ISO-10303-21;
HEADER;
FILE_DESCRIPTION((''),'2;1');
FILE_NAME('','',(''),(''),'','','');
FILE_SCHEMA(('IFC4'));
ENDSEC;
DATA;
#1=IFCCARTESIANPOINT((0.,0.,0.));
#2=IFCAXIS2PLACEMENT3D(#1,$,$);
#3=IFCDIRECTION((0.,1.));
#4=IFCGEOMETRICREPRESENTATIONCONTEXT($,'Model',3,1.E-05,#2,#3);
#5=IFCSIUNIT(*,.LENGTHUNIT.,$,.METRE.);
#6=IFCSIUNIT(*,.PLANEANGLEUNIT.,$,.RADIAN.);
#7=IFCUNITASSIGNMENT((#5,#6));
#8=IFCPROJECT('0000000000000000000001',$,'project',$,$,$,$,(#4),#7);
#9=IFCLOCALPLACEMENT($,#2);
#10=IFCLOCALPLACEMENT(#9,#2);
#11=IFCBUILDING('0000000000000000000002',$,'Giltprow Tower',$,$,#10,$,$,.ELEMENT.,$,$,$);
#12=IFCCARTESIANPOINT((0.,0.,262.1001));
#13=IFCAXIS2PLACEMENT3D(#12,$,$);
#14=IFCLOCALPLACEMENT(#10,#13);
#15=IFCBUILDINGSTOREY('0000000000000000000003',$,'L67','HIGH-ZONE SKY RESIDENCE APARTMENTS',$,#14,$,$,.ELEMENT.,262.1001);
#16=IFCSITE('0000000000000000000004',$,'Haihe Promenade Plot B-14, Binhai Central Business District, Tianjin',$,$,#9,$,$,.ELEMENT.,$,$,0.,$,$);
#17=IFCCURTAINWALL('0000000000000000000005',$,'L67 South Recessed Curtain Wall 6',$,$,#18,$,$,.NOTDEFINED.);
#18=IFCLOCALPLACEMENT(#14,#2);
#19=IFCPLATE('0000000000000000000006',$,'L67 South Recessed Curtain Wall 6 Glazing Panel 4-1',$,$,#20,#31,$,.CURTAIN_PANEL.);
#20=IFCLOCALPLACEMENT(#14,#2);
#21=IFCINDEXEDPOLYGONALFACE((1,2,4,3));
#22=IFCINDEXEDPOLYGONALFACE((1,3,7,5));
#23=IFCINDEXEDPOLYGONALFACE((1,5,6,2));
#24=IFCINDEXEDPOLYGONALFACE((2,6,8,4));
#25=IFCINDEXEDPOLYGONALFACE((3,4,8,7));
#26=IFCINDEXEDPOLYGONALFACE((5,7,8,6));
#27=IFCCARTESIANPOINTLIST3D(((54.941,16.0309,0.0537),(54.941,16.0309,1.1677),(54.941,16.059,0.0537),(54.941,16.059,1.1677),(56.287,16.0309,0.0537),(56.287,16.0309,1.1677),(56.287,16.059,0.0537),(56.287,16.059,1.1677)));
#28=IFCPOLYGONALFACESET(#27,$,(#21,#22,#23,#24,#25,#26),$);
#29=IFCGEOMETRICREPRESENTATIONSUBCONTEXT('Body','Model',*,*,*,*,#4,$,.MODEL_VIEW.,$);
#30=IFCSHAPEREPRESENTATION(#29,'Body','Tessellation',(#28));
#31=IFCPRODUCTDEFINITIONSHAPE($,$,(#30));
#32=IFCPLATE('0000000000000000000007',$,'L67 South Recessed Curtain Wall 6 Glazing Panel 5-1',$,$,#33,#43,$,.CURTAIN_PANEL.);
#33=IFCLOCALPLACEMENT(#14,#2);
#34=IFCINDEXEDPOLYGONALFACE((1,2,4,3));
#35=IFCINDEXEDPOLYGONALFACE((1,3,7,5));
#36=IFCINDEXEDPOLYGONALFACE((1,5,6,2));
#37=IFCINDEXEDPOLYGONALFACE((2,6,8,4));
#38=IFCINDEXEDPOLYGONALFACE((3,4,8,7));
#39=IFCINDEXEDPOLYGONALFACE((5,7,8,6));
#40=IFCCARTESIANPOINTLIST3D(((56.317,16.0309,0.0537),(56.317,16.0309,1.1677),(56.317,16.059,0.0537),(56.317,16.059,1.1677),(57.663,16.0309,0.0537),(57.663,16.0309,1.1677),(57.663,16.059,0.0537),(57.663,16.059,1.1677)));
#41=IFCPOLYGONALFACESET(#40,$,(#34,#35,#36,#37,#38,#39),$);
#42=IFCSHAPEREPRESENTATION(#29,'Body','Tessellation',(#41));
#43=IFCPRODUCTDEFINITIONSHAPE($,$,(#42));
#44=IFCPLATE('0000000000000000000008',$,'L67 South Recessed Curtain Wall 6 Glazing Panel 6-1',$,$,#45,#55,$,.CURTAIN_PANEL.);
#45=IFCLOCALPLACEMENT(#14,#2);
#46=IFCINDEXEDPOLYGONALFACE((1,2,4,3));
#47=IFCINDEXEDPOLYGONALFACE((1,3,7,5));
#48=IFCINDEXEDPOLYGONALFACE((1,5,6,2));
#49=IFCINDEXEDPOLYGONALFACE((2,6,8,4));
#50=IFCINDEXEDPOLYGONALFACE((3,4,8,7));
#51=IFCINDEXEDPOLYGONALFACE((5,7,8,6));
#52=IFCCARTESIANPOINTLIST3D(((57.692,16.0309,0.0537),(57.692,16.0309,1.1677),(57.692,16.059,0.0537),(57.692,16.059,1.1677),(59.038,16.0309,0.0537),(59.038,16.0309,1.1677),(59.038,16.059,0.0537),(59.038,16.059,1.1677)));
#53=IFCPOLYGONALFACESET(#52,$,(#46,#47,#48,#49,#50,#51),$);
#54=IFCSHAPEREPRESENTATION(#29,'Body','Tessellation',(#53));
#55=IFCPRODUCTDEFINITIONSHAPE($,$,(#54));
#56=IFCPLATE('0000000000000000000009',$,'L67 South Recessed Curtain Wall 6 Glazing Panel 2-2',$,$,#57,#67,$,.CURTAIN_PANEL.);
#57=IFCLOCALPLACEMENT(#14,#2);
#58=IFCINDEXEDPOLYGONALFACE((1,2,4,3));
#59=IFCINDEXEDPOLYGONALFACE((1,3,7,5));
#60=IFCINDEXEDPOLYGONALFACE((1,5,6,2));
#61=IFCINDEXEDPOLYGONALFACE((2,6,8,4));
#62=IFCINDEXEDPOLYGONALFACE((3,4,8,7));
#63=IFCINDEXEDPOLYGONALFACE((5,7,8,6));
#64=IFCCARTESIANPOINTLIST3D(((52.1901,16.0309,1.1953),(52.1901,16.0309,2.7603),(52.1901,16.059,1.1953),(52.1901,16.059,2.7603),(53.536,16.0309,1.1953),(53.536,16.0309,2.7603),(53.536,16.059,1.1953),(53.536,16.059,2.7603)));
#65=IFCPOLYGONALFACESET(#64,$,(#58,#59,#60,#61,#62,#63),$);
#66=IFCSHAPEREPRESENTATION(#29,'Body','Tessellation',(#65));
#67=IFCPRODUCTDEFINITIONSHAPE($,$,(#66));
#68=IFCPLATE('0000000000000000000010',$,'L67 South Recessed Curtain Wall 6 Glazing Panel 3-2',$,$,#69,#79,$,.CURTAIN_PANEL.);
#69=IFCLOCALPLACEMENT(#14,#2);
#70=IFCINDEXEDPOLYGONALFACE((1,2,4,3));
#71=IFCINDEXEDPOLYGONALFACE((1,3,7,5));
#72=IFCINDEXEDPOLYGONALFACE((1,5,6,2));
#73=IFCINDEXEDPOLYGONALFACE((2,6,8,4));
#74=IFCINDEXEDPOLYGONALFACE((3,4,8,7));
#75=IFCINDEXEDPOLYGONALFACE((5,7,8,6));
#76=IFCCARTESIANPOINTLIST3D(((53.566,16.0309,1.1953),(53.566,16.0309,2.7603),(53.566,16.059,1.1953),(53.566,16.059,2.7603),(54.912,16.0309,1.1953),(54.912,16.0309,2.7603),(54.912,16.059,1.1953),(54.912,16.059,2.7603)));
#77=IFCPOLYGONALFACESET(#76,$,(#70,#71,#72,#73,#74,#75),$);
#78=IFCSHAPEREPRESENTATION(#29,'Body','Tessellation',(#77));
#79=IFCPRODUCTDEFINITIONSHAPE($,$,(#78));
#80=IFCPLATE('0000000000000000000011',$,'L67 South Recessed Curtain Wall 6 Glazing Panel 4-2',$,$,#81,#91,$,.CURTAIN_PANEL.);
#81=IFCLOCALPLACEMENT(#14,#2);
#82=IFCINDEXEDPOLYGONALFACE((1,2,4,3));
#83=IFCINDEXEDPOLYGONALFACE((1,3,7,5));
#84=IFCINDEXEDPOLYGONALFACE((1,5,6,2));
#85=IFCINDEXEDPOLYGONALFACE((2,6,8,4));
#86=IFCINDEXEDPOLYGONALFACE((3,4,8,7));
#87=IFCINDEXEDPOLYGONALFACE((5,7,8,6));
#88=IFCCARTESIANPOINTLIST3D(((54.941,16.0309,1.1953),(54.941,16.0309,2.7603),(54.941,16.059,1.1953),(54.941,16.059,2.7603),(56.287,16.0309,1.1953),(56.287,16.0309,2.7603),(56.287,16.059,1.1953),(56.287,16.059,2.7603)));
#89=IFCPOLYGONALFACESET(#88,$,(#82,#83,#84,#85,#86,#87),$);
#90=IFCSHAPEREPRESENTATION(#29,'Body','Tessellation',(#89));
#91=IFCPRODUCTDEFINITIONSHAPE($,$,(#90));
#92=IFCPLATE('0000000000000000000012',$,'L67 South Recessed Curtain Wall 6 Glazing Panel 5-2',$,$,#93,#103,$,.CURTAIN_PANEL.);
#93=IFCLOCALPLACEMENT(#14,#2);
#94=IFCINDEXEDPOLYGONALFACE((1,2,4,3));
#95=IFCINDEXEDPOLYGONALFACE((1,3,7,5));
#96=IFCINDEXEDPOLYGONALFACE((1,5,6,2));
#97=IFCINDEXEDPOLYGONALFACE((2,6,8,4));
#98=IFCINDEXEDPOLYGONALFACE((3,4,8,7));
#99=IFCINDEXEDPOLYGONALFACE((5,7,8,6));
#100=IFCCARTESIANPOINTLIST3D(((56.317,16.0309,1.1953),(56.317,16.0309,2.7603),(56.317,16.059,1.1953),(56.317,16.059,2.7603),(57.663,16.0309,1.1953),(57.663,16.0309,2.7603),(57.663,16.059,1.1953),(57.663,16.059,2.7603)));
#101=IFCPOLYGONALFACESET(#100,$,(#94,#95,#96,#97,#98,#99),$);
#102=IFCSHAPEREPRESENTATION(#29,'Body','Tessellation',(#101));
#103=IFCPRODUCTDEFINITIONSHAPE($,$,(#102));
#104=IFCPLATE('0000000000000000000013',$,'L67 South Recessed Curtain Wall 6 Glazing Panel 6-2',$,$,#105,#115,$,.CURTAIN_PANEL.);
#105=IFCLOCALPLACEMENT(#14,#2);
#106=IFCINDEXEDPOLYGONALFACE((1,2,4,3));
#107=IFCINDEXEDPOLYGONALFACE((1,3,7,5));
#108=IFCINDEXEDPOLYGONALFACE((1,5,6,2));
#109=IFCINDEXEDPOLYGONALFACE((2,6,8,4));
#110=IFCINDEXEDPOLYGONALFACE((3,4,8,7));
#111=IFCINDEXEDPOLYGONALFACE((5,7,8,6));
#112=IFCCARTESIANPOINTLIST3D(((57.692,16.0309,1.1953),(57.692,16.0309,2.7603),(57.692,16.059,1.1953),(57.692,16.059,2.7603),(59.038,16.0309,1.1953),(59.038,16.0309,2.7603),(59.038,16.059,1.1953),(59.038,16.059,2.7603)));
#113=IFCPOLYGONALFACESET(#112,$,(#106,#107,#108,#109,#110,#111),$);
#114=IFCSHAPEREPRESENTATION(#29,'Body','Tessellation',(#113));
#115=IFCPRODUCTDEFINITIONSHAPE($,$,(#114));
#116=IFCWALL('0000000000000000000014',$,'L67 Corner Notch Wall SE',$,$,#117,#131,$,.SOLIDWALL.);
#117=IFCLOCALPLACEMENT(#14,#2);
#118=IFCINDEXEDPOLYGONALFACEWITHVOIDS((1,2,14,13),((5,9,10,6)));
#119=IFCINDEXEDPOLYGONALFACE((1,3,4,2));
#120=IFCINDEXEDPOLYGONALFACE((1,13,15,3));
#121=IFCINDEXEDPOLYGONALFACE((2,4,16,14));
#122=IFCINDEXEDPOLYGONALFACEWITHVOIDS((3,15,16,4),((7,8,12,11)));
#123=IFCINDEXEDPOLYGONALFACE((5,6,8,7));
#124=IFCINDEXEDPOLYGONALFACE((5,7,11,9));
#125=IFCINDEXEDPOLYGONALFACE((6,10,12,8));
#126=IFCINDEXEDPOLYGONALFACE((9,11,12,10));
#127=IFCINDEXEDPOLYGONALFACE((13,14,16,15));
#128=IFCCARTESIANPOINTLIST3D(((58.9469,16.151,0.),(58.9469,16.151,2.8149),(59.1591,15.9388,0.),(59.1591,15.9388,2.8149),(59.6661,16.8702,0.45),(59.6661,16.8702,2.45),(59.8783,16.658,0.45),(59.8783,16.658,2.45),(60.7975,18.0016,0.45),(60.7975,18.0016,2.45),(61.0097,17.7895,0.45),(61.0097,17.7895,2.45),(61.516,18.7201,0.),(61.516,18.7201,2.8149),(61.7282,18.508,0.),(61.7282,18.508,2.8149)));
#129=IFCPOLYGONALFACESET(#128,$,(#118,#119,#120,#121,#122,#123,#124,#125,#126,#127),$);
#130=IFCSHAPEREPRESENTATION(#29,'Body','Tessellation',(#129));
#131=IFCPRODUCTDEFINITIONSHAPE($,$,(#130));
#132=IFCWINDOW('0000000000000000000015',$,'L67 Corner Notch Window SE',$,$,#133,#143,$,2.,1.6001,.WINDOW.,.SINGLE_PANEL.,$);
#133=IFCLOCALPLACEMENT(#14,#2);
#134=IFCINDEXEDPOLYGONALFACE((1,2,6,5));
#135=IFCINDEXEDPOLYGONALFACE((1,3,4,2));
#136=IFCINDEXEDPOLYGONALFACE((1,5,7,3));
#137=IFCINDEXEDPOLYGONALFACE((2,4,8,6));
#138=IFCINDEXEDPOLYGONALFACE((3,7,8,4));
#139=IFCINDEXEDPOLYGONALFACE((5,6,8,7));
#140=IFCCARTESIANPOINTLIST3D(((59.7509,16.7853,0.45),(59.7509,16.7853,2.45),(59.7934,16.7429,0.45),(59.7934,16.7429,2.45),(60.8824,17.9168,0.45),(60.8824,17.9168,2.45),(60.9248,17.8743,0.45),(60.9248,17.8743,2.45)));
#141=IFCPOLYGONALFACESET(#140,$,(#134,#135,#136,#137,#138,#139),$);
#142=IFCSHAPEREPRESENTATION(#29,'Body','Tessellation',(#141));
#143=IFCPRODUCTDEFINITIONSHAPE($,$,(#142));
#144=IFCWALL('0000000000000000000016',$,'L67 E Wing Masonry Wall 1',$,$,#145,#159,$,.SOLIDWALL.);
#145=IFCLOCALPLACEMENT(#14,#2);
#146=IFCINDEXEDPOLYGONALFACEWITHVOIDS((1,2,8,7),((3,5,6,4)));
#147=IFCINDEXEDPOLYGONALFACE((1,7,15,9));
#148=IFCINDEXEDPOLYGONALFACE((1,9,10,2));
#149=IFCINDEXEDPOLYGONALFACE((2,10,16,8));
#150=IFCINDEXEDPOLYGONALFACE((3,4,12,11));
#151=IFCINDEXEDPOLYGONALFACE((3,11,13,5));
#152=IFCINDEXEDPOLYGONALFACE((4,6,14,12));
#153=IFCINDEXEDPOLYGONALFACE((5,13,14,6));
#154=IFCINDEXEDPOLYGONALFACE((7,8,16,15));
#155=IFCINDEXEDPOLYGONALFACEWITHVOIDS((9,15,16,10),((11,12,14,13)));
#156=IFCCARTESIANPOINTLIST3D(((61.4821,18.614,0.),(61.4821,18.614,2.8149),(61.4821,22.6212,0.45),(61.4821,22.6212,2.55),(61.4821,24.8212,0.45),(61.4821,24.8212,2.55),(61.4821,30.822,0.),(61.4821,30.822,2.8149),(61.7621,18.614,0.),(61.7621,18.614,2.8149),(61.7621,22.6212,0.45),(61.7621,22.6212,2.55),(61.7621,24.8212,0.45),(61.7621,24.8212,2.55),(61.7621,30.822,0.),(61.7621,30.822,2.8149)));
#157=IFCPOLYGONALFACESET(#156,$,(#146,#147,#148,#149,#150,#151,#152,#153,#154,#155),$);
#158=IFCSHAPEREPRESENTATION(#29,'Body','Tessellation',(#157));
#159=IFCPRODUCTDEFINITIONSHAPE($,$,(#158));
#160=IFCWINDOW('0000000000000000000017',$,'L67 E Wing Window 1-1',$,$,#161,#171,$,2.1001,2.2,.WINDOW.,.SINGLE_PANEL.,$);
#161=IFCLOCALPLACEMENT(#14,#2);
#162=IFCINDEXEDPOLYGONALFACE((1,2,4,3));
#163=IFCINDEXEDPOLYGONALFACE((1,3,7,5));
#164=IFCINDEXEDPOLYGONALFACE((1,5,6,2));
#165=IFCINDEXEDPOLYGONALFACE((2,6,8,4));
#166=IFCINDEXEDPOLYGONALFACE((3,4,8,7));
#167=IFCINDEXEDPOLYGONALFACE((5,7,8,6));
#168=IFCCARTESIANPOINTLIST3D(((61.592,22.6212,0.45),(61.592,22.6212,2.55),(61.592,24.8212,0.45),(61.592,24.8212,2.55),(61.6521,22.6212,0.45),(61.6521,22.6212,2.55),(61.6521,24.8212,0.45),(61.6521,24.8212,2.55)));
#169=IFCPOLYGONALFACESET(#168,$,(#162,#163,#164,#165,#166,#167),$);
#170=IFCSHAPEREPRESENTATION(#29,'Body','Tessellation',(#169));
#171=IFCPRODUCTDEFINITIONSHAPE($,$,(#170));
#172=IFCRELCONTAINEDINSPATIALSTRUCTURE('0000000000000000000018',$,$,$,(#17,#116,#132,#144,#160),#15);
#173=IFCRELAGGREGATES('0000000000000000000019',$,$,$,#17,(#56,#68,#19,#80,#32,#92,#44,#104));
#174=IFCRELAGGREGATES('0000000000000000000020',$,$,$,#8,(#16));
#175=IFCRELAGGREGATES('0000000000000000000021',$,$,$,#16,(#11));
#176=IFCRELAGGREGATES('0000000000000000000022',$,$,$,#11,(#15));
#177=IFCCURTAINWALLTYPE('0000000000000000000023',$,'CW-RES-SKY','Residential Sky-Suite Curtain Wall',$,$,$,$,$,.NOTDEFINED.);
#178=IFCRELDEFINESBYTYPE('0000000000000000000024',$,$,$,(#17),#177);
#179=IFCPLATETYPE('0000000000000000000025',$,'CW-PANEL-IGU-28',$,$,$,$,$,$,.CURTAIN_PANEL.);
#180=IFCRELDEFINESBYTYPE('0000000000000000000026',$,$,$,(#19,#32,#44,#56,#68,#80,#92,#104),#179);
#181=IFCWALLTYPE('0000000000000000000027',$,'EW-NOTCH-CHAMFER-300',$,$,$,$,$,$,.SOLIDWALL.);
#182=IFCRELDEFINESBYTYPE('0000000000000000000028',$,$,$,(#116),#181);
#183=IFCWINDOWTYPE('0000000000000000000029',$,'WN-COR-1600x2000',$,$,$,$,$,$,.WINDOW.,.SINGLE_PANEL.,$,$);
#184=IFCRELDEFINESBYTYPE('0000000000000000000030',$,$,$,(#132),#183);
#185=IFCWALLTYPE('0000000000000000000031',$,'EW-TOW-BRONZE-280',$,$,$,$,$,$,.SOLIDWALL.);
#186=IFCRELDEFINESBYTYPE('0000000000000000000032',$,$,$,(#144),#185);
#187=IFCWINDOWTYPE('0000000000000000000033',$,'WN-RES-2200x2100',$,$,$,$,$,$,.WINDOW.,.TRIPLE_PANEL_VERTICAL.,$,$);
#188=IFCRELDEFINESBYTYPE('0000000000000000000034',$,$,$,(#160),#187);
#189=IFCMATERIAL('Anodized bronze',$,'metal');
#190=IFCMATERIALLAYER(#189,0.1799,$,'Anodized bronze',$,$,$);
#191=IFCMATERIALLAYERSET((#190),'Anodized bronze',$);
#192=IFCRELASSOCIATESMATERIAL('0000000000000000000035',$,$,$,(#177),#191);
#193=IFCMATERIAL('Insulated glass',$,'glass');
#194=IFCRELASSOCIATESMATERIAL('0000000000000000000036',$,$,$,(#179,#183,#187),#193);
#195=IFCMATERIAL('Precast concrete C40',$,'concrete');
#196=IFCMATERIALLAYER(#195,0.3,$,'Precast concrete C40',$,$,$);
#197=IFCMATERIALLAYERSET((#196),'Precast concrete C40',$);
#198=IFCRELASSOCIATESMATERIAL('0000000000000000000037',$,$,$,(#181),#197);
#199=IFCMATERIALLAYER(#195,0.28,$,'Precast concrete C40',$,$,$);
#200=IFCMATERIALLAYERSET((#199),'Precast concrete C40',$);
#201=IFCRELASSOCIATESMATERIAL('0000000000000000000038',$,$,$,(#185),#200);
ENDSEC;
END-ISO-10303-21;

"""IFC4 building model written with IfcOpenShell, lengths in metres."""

from ifc_helpers import new_model, si_unit, direction, frame, frame_2d, origin, origin_2d, place, context, subcontext, project, spatial, rectangle, extrude, source, transform, mapped, material, layer, layer_set, type_object, element, fill, aggregate, save


model = new_model("IFC4")

# Units and contexts
model_context = context("Model", 3, precision=1e-05, world=origin(), true_north=direction((0.0, 1.0)))
body_context = subcontext(model_context, "Body", "Model", "MODEL_VIEW")
ifc_project = project(units=[si_unit("LENGTHUNIT", "METRE"), si_unit("PLANEANGLEUNIT", "RADIAN")], contexts=[model_context])

# Site, building, storey
site_placement = place(None, origin())
site = spatial("IfcSite", under=ifc_project, at=site_placement, Name="Haihe Promenade Plot B-14, Binhai Central Business District, Tianjin", CompositionType="ELEMENT", RefElevation=0.0)
building_placement = place(site_placement, origin())
building = spatial("IfcBuilding", under=site, at=building_placement, Name="Giltprow Tower", CompositionType="ELEMENT")
storey_placement = place(building_placement, frame((0.0, 0.0, 262.1001)))
storey = spatial("IfcBuildingStorey", under=building, at=storey_placement, Name="L67", Description="HIGH-ZONE SKY RESIDENCE APARTMENTS", CompositionType="ELEMENT", Elevation=262.1001)

# Curtain wall, plates
ifc_material_1 = material(Name="Anodized bronze", Category="metal")
ifc_layer_1 = layer(ifc_material_1, 0.1799, Name="Anodized bronze")
ifc_layer_set_1 = layer_set([ifc_layer_1], Name="Anodized bronze")
curtain_wall_type = type_object("IfcCurtainWallType", Name="CW-RES-SKY", Description="Residential Sky-Suite Curtain Wall", PredefinedType="NOTDEFINED", material=ifc_layer_set_1)
curtain_wall_placement = place(storey_placement, origin())
curtain_wall = element("IfcCurtainWall", 1, at=curtain_wall_placement, inside=storey, type_object=curtain_wall_type, Name="L67 South Recessed Curtain Wall 6", PredefinedType="NOTDEFINED")
ifc_material_2 = material(Name="Insulated glass", Category="glass")
plate_type = type_object("IfcPlateType", Name="CW-PANEL-IGU-28", PredefinedType="CURTAIN_PANEL", material=ifc_material_2)
shared_shape_1 = source(origin(), body_context, "Body", "SweptSolid", [
    extrude(rectangle(XDim=1.3459, YDim=0.0281, at=origin_2d()), origin(), (0.0, 0.0, 1.0), 1.114),
])
plate_1_placement = place(storey_placement, frame((55.614, 16.0449, 0.0537), z_axis=(0.0, 0.0, 1.0), x_axis=(1.0, 0.0, 0.0)))
plate_1 = element("IfcPlate", 2, at=plate_1_placement, type_object=plate_type, Name="L67 South Recessed Curtain Wall 6 Glazing Panel 4-1", PredefinedType="CURTAIN_PANEL", context=body_context, shape_type="MappedRepresentation", body=[
    mapped(shared_shape_1, transform((0.0, 0.0, 0.0), x_axis=(1.0, 0.0, 0.0), y_axis=(0.0, 1.0, 0.0), z_axis=(0.0, 0.0, 1.0), scale=1.0)),
])
plate_2_placement = place(storey_placement, frame((56.99, 16.0449, 0.0537), z_axis=(0.0, 0.0, 1.0), x_axis=(1.0, 0.0, 0.0)))
plate_2 = element("IfcPlate", 3, at=plate_2_placement, type_object=plate_type, Name="L67 South Recessed Curtain Wall 6 Glazing Panel 5-1", PredefinedType="CURTAIN_PANEL", context=body_context, shape_type="MappedRepresentation", body=[
    mapped(shared_shape_1, transform((0.0, 0.0, 0.0), x_axis=(1.0, 0.0, 0.0), y_axis=(0.0, 1.0, 0.0), z_axis=(0.0, 0.0, 1.0), scale=1.0)),
])
plate_3_placement = place(storey_placement, frame((58.365, 16.0449, 0.0537), z_axis=(0.0, 0.0, 1.0), x_axis=(1.0, 0.0, 0.0)))
plate_3 = element("IfcPlate", 4, at=plate_3_placement, type_object=plate_type, Name="L67 South Recessed Curtain Wall 6 Glazing Panel 6-1", PredefinedType="CURTAIN_PANEL", context=body_context, shape_type="MappedRepresentation", body=[
    mapped(shared_shape_1, transform((0.0, 0.0, 0.0), x_axis=(1.0, 0.0, 0.0), y_axis=(0.0, 1.0, 0.0), z_axis=(0.0, 0.0, 1.0), scale=1.0)),
])
shared_shape_2 = source(origin(), body_context, "Body", "SweptSolid", [
    extrude(rectangle(XDim=1.3459, YDim=0.0281, at=origin_2d()), origin(), (0.0, 0.0, 1.0), 1.5649),
])
plate_4_placement = place(storey_placement, frame((52.863, 16.0449, 1.1953), z_axis=(0.0, 0.0, 1.0), x_axis=(1.0, 0.0, 0.0)))
plate_4 = element("IfcPlate", 5, at=plate_4_placement, type_object=plate_type, Name="L67 South Recessed Curtain Wall 6 Glazing Panel 2-2", PredefinedType="CURTAIN_PANEL", context=body_context, shape_type="MappedRepresentation", body=[
    mapped(shared_shape_2, transform((0.0, 0.0, 0.0), x_axis=(1.0, 0.0, 0.0), y_axis=(0.0, 1.0, 0.0), z_axis=(0.0, 0.0, 1.0), scale=1.0)),
])
plate_5_placement = place(storey_placement, frame((54.239, 16.0449, 1.1953), z_axis=(0.0, 0.0, 1.0), x_axis=(1.0, 0.0, 0.0)))
plate_5 = element("IfcPlate", 6, at=plate_5_placement, type_object=plate_type, Name="L67 South Recessed Curtain Wall 6 Glazing Panel 3-2", PredefinedType="CURTAIN_PANEL", context=body_context, shape_type="MappedRepresentation", body=[
    mapped(shared_shape_2, transform((0.0, 0.0, 0.0), x_axis=(1.0, 0.0, 0.0), y_axis=(0.0, 1.0, 0.0), z_axis=(0.0, 0.0, 1.0), scale=1.0)),
])
plate_6_placement = place(storey_placement, frame((55.614, 16.0449, 1.1953), z_axis=(0.0, 0.0, 1.0), x_axis=(1.0, 0.0, 0.0)))
plate_6 = element("IfcPlate", 7, at=plate_6_placement, type_object=plate_type, Name="L67 South Recessed Curtain Wall 6 Glazing Panel 4-2", PredefinedType="CURTAIN_PANEL", context=body_context, shape_type="MappedRepresentation", body=[
    mapped(shared_shape_2, transform((0.0, 0.0, 0.0), x_axis=(1.0, 0.0, 0.0), y_axis=(0.0, 1.0, 0.0), z_axis=(0.0, 0.0, 1.0), scale=1.0)),
])
plate_7_placement = place(storey_placement, frame((56.99, 16.0449, 1.1953), z_axis=(0.0, 0.0, 1.0), x_axis=(1.0, 0.0, 0.0)))
plate_7 = element("IfcPlate", 8, at=plate_7_placement, type_object=plate_type, Name="L67 South Recessed Curtain Wall 6 Glazing Panel 5-2", PredefinedType="CURTAIN_PANEL", context=body_context, shape_type="MappedRepresentation", body=[
    mapped(shared_shape_2, transform((0.0, 0.0, 0.0), x_axis=(1.0, 0.0, 0.0), y_axis=(0.0, 1.0, 0.0), z_axis=(0.0, 0.0, 1.0), scale=1.0)),
])
plate_8_placement = place(storey_placement, frame((58.365, 16.0449, 1.1953), z_axis=(0.0, 0.0, 1.0), x_axis=(1.0, 0.0, 0.0)))
plate_8 = element("IfcPlate", 9, at=plate_8_placement, type_object=plate_type, Name="L67 South Recessed Curtain Wall 6 Glazing Panel 6-2", PredefinedType="CURTAIN_PANEL", context=body_context, shape_type="MappedRepresentation", body=[
    mapped(shared_shape_2, transform((0.0, 0.0, 0.0), x_axis=(1.0, 0.0, 0.0), y_axis=(0.0, 1.0, 0.0), z_axis=(0.0, 0.0, 1.0), scale=1.0)),
])
aggregate(curtain_wall, [plate_4, plate_5, plate_1, plate_6, plate_2, plate_7, plate_3, plate_8])

# Walls, openings, windows
ifc_material_3 = material(Name="Precast concrete C40", Category="concrete")
ifc_layer_2 = layer(ifc_material_3, 0.3, Name="Precast concrete C40")
ifc_layer_set_2 = layer_set([ifc_layer_2], Name="Precast concrete C40")
wall_type_1 = type_object("IfcWallType", Name="EW-NOTCH-CHAMFER-300", PredefinedType="SOLIDWALL", material=ifc_layer_set_2)
wall_1_placement = place(storey_placement, frame((59.053, 16.0449, 0.0), z_axis=(0.0, 0.0, 1.0), x_axis=(0.707107, 0.707107, 0.0)))
wall_1 = element("IfcWall", 10, at=wall_1_placement, inside=storey, type_object=wall_type_1, Name="L67 Corner Notch Wall SE", PredefinedType="SOLIDWALL", context=body_context, shape_type="SweptSolid", body=[
    extrude(rectangle(XDim=3.6333, YDim=0.3, at=frame_2d((1.8167, 0.0))), origin(), (0.0, 0.0, 1.0), 2.8149),
])
opening_1_placement = place(wall_1_placement, frame((1.0171, 0.0, 0.45)))
opening_1 = element("IfcOpeningElement", 11, at=opening_1_placement, cuts=wall_1, PredefinedType="OPENING", context=body_context, shape_type="SweptSolid", body=[
    extrude(rectangle(XDim=1.6001, YDim=2.0, at=frame_2d((0.8, 1.0))), frame((0.0, 0.1599, 0.0), z_axis=(0.0, -1.0, 0.0), x_axis=(1.0, 0.0, 0.0)), (0.0, 0.0, 1.0), 0.3201),
])
window_type_1 = type_object("IfcWindowType", Name="WN-COR-1600x2000", PartitioningType="SINGLE_PANEL", PredefinedType="WINDOW", material=ifc_material_2)
shared_shape_3 = source(origin(), body_context, "Body", "SweptSolid", [
    extrude(rectangle(XDim=1.6001, YDim=2.0, at=frame_2d((0.8, 1.0))), frame((0.0, 0.03, 0.0), z_axis=(0.0, -1.0, 0.0), x_axis=(1.0, 0.0, 0.0)), (0.0, 0.0, 1.0), 0.0601),
])
window_1_placement = place(opening_1_placement, origin())
window_1 = element("IfcWindow", 12, at=window_1_placement, inside=storey, type_object=window_type_1, Name="L67 Corner Notch Window SE", OverallHeight=2.0, OverallWidth=1.6001, PartitioningType="SINGLE_PANEL", PredefinedType="WINDOW", context=body_context, shape_type="MappedRepresentation", body=[
    mapped(shared_shape_3, transform((0.0, 0.0, 0.0), x_axis=(1.0, 0.0, 0.0), y_axis=(0.0, 1.0, 0.0), z_axis=(0.0, 0.0, 1.0), scale=1.0)),
])
fill(opening_1, window_1)
ifc_layer_3 = layer(ifc_material_3, 0.28, Name="Precast concrete C40")
ifc_layer_set_3 = layer_set([ifc_layer_3], Name="Precast concrete C40")
wall_type_2 = type_object("IfcWallType", Name="EW-TOW-BRONZE-280", PredefinedType="SOLIDWALL", material=ifc_layer_set_3)
wall_2_placement = place(storey_placement, frame((61.6221, 18.614, 0.0), z_axis=(0.0, 0.0, 1.0), x_axis=(0.0, 1.0, 0.0)))
wall_2 = element("IfcWall", 13, at=wall_2_placement, inside=storey, type_object=wall_type_2, Name="L67 E Wing Masonry Wall 1", PredefinedType="SOLIDWALL", context=body_context, shape_type="SweptSolid", body=[
    extrude(rectangle(XDim=12.208, YDim=0.28, at=frame_2d((6.104, 0.0))), origin(), (0.0, 0.0, 1.0), 2.8149),
])
opening_2_placement = place(wall_2_placement, frame((4.0071, 0.0, 0.45)))
opening_2 = element("IfcOpeningElement", 14, at=opening_2_placement, cuts=wall_2, PredefinedType="OPENING", context=body_context, shape_type="SweptSolid", body=[
    extrude(rectangle(XDim=2.2, YDim=2.1001, at=frame_2d((1.1001, 1.05))), frame((0.0, 0.1499, 0.0), z_axis=(0.0, -1.0, 0.0), x_axis=(1.0, 0.0, 0.0)), (0.0, 0.0, 1.0), 0.3),
])
window_type_2 = type_object("IfcWindowType", Name="WN-RES-2200x2100", PartitioningType="TRIPLE_PANEL_VERTICAL", PredefinedType="WINDOW", material=ifc_material_2)
shared_shape_4 = source(origin(), body_context, "Body", "SweptSolid", [
    extrude(rectangle(XDim=2.2, YDim=2.1001, at=frame_2d((1.1001, 1.05))), frame((0.0, 0.03, 0.0), z_axis=(0.0, -1.0, 0.0), x_axis=(1.0, 0.0, 0.0)), (0.0, 0.0, 1.0), 0.0601),
])
window_2_placement = place(opening_2_placement, origin())
window_2 = element("IfcWindow", 15, at=window_2_placement, inside=storey, type_object=window_type_2, Name="L67 E Wing Window 1-1", OverallHeight=2.1001, OverallWidth=2.2, PartitioningType="SINGLE_PANEL", PredefinedType="WINDOW", context=body_context, shape_type="MappedRepresentation", body=[
    mapped(shared_shape_4, transform((0.0, 0.0, 0.0), x_axis=(1.0, 0.0, 0.0), y_axis=(0.0, 1.0, 0.0), z_axis=(0.0, 0.0, 1.0), scale=1.0)),
])
fill(opening_2, window_2)

save(model, "model.ifc")
